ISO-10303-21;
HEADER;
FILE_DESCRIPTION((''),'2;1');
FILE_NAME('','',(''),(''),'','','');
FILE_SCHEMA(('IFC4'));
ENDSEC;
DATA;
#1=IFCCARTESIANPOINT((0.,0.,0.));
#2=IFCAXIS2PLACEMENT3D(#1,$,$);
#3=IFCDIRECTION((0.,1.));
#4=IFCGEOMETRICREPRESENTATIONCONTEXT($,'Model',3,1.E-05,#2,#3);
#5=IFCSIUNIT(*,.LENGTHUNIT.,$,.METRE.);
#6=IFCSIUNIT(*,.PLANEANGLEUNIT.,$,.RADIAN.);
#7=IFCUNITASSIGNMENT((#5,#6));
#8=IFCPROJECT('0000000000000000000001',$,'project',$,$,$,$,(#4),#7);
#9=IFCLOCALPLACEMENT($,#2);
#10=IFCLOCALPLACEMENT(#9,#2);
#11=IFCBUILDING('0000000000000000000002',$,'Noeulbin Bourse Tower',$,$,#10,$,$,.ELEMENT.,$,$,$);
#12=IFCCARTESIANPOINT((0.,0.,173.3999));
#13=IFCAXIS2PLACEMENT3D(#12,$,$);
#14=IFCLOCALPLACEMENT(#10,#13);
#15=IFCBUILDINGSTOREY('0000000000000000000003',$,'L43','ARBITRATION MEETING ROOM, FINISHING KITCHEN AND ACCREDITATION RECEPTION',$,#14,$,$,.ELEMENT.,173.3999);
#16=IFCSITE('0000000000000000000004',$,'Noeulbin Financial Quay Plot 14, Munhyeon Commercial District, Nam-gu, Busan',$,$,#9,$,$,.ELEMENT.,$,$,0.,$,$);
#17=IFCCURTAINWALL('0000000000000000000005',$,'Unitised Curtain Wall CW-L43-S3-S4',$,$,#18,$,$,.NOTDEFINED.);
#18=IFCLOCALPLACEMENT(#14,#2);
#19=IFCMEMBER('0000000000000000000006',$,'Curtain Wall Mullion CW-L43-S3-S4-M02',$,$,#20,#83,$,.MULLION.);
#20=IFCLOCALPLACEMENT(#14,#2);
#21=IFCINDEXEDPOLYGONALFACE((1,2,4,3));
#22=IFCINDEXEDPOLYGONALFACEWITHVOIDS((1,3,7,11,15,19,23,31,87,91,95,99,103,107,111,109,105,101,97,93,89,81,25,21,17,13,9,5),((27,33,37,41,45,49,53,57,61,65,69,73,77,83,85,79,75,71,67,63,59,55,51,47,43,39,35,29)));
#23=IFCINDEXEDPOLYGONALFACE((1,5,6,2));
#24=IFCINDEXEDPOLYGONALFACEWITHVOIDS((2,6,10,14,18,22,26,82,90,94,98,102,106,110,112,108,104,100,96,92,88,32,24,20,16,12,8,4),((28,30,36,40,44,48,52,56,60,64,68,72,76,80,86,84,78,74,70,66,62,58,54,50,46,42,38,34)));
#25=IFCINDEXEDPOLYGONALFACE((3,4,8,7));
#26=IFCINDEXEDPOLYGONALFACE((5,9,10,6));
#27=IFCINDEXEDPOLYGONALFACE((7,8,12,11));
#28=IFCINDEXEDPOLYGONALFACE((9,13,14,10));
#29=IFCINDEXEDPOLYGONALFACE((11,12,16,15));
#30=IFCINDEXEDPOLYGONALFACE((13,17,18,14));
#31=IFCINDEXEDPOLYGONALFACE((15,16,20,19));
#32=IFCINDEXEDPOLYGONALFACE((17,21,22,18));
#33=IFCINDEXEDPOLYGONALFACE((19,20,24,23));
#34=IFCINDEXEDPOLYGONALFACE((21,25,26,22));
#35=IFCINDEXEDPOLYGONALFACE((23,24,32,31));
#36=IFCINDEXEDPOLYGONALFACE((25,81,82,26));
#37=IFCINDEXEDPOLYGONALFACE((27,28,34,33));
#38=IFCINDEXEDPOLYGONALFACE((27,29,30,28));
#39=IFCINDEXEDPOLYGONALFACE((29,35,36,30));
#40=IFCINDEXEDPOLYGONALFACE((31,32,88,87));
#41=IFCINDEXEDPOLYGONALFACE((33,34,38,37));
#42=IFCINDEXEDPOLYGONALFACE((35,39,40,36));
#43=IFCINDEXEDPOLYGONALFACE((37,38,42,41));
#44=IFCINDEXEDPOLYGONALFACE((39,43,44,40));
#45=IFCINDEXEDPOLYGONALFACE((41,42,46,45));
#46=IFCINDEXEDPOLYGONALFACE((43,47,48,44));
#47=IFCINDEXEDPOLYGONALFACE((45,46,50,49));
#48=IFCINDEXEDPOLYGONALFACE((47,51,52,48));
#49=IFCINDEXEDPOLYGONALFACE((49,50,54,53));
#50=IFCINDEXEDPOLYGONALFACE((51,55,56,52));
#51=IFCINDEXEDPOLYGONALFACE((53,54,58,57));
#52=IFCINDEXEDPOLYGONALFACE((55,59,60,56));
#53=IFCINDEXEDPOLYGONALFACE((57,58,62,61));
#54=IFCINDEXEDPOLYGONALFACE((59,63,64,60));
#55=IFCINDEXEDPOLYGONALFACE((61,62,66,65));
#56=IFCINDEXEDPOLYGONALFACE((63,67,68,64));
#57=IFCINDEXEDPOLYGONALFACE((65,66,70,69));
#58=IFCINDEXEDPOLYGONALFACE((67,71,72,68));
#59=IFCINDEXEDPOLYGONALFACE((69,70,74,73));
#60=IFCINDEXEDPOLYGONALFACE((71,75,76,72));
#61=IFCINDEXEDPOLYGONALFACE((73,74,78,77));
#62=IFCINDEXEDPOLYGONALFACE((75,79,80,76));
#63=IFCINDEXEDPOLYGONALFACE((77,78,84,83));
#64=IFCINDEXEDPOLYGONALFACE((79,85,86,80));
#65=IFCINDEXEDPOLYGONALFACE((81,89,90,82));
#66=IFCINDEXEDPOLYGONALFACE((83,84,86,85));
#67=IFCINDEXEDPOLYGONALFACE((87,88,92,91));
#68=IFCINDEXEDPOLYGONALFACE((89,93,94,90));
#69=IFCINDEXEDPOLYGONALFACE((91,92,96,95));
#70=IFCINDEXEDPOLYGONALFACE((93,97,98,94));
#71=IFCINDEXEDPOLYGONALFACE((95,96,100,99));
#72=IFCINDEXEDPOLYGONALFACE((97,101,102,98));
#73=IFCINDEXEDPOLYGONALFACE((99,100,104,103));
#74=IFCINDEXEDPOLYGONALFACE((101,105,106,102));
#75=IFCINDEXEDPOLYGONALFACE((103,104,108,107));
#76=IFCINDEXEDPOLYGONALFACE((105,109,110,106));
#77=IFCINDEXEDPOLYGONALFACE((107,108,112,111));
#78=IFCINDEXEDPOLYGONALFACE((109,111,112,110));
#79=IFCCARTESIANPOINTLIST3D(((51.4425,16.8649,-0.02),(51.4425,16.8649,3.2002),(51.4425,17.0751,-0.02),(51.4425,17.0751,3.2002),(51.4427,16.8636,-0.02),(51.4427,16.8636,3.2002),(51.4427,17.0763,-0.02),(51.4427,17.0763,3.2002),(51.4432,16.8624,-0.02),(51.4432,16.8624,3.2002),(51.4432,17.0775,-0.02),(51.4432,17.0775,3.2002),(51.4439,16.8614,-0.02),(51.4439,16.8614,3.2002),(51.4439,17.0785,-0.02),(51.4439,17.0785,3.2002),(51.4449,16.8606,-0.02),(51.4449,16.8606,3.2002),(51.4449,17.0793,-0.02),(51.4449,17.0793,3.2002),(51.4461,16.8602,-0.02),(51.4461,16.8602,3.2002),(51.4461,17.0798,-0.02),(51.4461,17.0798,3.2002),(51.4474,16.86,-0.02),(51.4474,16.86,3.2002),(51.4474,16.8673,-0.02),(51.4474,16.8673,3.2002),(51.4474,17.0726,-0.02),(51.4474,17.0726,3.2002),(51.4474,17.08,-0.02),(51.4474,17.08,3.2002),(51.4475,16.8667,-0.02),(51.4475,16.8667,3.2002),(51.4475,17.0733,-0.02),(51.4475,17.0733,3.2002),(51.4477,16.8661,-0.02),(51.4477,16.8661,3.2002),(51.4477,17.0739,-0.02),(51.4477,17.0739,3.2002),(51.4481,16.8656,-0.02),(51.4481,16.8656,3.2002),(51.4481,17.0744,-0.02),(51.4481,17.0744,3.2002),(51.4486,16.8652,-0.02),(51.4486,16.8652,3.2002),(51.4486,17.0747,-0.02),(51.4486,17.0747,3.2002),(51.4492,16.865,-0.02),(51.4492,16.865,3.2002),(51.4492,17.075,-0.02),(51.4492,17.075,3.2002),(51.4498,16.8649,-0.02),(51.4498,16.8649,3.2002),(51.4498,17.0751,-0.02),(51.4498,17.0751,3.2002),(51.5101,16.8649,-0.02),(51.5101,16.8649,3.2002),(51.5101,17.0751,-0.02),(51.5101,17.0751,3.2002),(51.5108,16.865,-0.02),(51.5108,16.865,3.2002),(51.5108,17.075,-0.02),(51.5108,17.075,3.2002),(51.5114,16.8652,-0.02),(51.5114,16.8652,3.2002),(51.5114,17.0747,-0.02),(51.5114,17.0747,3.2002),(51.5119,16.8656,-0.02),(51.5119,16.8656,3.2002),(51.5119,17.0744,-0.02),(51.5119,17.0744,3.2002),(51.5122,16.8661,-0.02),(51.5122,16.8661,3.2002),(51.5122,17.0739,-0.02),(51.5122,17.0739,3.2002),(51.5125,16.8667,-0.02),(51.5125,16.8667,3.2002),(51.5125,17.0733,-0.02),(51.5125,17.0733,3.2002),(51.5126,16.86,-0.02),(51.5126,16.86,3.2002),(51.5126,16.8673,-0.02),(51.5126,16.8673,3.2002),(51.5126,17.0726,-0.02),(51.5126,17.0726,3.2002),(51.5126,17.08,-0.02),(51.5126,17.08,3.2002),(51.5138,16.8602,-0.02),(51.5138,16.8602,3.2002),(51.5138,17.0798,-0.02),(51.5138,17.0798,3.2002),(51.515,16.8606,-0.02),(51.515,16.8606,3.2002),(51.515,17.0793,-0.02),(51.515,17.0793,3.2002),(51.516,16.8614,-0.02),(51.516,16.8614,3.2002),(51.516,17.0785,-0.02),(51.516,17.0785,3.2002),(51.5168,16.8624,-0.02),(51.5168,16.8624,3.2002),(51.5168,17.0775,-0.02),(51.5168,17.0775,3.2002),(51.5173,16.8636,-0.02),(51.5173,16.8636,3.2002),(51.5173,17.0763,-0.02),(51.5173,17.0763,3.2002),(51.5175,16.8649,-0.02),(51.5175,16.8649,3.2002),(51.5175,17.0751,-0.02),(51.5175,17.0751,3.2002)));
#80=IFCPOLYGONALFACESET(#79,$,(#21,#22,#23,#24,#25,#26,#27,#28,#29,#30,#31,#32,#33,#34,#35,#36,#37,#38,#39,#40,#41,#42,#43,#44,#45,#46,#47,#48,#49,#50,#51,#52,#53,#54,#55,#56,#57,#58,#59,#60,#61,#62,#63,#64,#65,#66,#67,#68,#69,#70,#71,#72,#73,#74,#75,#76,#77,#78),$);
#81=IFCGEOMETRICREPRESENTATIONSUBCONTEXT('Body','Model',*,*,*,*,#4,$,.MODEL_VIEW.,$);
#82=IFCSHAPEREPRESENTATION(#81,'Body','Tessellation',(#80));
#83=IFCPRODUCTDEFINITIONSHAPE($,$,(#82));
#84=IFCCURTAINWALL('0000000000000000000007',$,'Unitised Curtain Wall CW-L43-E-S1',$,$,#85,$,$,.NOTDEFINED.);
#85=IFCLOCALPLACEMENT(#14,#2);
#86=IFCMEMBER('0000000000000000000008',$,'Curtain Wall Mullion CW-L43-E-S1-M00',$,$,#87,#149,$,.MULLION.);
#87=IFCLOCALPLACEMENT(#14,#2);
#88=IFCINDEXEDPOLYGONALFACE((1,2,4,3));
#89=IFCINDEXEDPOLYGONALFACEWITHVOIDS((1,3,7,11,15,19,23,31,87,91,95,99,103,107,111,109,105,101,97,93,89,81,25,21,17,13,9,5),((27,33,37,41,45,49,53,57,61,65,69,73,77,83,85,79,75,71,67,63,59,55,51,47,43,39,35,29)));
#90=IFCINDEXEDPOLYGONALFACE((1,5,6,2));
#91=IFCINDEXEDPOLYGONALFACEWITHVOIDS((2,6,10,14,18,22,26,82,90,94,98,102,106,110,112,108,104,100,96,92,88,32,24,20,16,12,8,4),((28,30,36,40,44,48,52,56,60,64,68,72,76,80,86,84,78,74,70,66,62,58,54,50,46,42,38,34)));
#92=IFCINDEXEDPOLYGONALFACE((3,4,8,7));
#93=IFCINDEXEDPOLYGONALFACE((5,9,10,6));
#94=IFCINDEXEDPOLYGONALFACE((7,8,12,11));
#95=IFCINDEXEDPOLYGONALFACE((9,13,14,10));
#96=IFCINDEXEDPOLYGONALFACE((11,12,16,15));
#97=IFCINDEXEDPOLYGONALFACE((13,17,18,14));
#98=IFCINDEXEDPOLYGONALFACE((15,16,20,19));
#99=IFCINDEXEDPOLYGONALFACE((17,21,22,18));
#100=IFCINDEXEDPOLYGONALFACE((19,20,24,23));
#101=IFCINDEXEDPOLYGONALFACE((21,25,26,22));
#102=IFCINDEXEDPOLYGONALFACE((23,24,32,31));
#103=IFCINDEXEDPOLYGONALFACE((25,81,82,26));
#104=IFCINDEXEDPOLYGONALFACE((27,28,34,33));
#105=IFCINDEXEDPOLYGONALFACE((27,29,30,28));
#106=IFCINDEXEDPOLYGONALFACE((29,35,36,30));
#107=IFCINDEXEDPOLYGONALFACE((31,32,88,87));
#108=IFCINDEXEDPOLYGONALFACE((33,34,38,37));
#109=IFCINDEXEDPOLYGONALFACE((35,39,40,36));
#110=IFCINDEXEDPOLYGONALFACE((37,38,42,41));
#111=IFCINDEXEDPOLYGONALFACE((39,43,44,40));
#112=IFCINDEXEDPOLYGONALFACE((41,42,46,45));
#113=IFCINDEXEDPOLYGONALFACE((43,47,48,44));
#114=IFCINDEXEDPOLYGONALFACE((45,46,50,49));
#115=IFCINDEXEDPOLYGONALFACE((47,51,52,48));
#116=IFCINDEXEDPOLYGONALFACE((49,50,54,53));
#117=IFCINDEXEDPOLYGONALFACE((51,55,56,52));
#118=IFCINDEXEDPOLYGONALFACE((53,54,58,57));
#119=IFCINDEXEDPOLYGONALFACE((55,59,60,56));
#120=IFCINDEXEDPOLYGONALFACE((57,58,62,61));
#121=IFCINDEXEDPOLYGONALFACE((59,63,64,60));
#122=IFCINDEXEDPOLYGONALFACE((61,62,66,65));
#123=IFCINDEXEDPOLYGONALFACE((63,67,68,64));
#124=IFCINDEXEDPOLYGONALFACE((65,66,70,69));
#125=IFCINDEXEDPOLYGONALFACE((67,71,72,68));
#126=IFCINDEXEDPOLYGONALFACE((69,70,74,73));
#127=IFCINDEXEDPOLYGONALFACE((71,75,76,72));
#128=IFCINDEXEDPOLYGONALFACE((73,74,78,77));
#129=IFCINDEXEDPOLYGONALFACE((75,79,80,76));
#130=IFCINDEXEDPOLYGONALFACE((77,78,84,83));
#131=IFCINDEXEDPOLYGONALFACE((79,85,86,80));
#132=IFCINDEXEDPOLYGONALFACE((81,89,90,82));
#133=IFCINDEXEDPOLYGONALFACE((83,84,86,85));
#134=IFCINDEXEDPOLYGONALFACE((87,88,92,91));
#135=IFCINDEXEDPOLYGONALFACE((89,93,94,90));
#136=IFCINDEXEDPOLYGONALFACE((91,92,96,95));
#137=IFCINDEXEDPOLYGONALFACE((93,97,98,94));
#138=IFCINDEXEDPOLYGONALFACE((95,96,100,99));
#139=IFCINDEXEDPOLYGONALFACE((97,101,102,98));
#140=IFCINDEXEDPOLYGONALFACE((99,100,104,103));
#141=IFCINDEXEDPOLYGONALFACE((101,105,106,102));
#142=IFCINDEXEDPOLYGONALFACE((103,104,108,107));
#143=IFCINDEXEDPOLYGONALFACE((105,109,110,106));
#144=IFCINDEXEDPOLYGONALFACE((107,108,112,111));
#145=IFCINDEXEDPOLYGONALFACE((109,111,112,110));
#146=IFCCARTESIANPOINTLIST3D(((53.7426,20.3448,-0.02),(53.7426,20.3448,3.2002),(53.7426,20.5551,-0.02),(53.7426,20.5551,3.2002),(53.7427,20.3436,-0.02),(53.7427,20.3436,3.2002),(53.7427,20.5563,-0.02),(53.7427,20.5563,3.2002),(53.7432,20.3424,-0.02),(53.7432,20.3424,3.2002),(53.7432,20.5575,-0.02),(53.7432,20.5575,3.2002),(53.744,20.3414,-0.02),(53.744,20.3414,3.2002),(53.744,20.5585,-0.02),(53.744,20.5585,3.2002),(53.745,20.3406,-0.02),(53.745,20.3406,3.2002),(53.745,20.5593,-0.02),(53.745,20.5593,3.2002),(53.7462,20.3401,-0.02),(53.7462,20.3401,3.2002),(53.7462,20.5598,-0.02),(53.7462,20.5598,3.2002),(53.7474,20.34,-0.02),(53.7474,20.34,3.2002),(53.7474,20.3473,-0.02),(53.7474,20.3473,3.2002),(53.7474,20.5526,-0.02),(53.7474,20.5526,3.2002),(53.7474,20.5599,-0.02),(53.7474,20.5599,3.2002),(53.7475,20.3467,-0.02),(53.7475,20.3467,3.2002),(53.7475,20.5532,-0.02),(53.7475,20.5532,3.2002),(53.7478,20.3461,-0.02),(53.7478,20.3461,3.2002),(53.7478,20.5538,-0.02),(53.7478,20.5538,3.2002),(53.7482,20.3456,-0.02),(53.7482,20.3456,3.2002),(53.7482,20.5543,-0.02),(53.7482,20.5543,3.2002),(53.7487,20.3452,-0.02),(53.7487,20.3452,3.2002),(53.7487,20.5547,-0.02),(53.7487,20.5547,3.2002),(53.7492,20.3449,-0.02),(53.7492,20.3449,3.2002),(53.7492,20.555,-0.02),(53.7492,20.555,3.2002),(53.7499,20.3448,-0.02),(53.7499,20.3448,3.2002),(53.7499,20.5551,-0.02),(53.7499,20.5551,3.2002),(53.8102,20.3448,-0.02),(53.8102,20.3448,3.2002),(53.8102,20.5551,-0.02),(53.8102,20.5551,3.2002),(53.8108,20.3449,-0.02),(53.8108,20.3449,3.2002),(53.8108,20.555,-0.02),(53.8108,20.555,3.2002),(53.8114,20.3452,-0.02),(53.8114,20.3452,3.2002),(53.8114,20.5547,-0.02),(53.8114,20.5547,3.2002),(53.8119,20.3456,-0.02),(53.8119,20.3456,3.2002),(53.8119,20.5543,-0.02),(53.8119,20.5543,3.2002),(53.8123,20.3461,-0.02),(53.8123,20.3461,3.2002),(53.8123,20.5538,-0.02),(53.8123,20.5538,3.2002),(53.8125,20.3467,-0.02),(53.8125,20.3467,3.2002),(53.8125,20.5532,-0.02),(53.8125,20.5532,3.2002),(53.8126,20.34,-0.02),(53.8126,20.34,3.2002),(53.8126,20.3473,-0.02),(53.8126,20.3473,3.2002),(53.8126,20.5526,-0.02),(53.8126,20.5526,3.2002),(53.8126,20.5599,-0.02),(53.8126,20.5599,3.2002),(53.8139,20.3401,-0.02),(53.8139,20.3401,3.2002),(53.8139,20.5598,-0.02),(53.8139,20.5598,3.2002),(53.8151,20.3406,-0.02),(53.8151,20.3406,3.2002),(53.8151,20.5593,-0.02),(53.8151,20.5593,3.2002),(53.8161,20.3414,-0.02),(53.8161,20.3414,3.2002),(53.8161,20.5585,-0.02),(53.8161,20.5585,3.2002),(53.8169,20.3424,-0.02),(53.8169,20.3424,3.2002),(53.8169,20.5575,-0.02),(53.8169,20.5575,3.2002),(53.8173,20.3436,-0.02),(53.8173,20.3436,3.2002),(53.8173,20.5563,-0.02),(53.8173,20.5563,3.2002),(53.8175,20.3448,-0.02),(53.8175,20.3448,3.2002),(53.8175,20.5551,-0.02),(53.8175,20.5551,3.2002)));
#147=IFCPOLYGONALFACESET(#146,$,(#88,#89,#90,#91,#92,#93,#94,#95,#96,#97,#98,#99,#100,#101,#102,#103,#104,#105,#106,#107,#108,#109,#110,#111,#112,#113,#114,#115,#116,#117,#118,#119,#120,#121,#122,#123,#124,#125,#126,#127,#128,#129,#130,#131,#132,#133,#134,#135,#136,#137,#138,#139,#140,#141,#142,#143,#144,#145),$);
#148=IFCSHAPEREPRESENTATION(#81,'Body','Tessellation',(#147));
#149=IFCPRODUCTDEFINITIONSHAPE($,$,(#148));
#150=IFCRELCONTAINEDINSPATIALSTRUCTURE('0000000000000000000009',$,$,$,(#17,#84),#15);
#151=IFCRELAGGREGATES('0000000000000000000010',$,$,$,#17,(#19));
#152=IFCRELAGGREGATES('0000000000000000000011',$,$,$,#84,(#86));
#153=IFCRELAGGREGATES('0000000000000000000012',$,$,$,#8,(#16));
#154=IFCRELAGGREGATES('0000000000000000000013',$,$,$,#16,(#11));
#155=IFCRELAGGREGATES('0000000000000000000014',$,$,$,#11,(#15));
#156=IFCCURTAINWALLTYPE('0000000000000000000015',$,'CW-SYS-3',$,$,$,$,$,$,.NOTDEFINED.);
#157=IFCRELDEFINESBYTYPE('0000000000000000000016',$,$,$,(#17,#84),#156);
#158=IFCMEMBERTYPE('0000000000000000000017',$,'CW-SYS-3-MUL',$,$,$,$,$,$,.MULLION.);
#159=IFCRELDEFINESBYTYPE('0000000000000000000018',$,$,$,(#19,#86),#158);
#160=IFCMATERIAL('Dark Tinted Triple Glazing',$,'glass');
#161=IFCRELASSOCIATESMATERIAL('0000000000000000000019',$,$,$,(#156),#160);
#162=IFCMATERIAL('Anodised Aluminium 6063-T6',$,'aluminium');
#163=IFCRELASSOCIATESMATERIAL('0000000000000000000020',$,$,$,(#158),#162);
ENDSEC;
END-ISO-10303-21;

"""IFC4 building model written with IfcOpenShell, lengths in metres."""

from ifc_helpers import new_model, si_unit, direction, frame, origin, origin_2d, place, context, subcontext, project, spatial, hollow_rectangle, extrude, material, material_profile, profile_set, type_object, element, aggregate, save


model = new_model("IFC4")

# Units and contexts
model_context = context("Model", 3, precision=1e-05, world=origin(), true_north=direction((0.0, 1.0)))
body_context = subcontext(model_context, "Body", "Model", "MODEL_VIEW")
ifc_project = project(units=[si_unit("LENGTHUNIT", "METRE"), si_unit("PLANEANGLEUNIT", "RADIAN")], contexts=[model_context])

# Site, building, storey
site_placement = place(None, origin())
site = spatial("IfcSite", under=ifc_project, at=site_placement, Name="Noeulbin Financial Quay Plot 14, Munhyeon Commercial District, Nam-gu, Busan", CompositionType="ELEMENT", RefElevation=0.0)
building_placement = place(site_placement, origin())
building = spatial("IfcBuilding", under=site, at=building_placement, Name="Noeulbin Bourse Tower", CompositionType="ELEMENT")
storey_placement = place(building_placement, frame((0.0, 0.0, 173.3999)))
storey = spatial("IfcBuildingStorey", under=building, at=storey_placement, Name="L43", Description="ARBITRATION MEETING ROOM, FINISHING KITCHEN AND ACCREDITATION RECEPTION", CompositionType="ELEMENT", Elevation=173.3999)

# Curtain walls, members
ifc_material_1 = material(Name="Dark Tinted Triple Glazing", Category="glass")
curtain_wall_type = type_object("IfcCurtainWallType", Name="CW-SYS-3", PredefinedType="NOTDEFINED", material=ifc_material_1)
curtain_wall_1_placement = place(storey_placement, origin())
curtain_wall_1 = element("IfcCurtainWall", 1, at=curtain_wall_1_placement, inside=storey, type_object=curtain_wall_type, Name="Unitised Curtain Wall CW-L43-S3-S4", PredefinedType="NOTDEFINED")
ifc_material_2 = material(Name="Anodised Aluminium 6063-T6", Category="aluminium")
ifc_material_profile_1 = material_profile(ifc_material_2, hollow_rectangle(XDim=0.075, YDim=0.22, WallThickness=0.0049, InnerFilletRadius=0.0024, OuterFilletRadius=0.0049, at=origin_2d()), Name="ALU-MULL-75x220x5", Category="LoadBearing")
ifc_profile_set_1 = profile_set([ifc_material_profile_1], Name="Anodised Aluminium 6063-T6")
member_type_1 = type_object("IfcMemberType", Name="CW-SYS-3-MUL", PredefinedType="MULLION", material=ifc_profile_set_1)
member_1_placement = place(storey_placement, frame((51.48, 16.97, -0.02), z_axis=(0.0, 0.0, 1.0), x_axis=(1.0, 0.0, 0.0)))
member_1 = element("IfcMember", 2, at=member_1_placement, type_object=member_type_1, Name="Curtain Wall Mullion CW-L43-S3-S4-M02", PredefinedType="MULLION", context=body_context, shape_type="SweptSolid", body=[
    extrude(hollow_rectangle(XDim=0.075, YDim=0.22, WallThickness=0.0049, InnerFilletRadius=0.0024, OuterFilletRadius=0.0049, at=origin_2d()), origin(), (0.0, 0.0, 1.0), 3.2202),
])
curtain_wall_2_placement = place(storey_placement, origin())
curtain_wall_2 = element("IfcCurtainWall", 3, at=curtain_wall_2_placement, inside=storey, type_object=curtain_wall_type, Name="Unitised Curtain Wall CW-L43-E-S1", PredefinedType="NOTDEFINED")
member_2_placement = place(storey_placement, frame((53.78, 20.45, -0.02), z_axis=(0.0, 0.0, 1.0), x_axis=(1.0, 0.0, 0.0)))
member_2 = element("IfcMember", 4, at=member_2_placement, type_object=member_type_1, Name="Curtain Wall Mullion CW-L43-E-S1-M00", PredefinedType="MULLION", context=body_context, shape_type="SweptSolid", body=[
    extrude(hollow_rectangle(XDim=0.075, YDim=0.22, WallThickness=0.0049, InnerFilletRadius=0.0024, OuterFilletRadius=0.0049, at=origin_2d()), origin(), (0.0, 0.0, 1.0), 3.2202),
])

aggregate(curtain_wall_1, [member_1])
aggregate(curtain_wall_2, [member_2])

save(model, "model.ifc")
